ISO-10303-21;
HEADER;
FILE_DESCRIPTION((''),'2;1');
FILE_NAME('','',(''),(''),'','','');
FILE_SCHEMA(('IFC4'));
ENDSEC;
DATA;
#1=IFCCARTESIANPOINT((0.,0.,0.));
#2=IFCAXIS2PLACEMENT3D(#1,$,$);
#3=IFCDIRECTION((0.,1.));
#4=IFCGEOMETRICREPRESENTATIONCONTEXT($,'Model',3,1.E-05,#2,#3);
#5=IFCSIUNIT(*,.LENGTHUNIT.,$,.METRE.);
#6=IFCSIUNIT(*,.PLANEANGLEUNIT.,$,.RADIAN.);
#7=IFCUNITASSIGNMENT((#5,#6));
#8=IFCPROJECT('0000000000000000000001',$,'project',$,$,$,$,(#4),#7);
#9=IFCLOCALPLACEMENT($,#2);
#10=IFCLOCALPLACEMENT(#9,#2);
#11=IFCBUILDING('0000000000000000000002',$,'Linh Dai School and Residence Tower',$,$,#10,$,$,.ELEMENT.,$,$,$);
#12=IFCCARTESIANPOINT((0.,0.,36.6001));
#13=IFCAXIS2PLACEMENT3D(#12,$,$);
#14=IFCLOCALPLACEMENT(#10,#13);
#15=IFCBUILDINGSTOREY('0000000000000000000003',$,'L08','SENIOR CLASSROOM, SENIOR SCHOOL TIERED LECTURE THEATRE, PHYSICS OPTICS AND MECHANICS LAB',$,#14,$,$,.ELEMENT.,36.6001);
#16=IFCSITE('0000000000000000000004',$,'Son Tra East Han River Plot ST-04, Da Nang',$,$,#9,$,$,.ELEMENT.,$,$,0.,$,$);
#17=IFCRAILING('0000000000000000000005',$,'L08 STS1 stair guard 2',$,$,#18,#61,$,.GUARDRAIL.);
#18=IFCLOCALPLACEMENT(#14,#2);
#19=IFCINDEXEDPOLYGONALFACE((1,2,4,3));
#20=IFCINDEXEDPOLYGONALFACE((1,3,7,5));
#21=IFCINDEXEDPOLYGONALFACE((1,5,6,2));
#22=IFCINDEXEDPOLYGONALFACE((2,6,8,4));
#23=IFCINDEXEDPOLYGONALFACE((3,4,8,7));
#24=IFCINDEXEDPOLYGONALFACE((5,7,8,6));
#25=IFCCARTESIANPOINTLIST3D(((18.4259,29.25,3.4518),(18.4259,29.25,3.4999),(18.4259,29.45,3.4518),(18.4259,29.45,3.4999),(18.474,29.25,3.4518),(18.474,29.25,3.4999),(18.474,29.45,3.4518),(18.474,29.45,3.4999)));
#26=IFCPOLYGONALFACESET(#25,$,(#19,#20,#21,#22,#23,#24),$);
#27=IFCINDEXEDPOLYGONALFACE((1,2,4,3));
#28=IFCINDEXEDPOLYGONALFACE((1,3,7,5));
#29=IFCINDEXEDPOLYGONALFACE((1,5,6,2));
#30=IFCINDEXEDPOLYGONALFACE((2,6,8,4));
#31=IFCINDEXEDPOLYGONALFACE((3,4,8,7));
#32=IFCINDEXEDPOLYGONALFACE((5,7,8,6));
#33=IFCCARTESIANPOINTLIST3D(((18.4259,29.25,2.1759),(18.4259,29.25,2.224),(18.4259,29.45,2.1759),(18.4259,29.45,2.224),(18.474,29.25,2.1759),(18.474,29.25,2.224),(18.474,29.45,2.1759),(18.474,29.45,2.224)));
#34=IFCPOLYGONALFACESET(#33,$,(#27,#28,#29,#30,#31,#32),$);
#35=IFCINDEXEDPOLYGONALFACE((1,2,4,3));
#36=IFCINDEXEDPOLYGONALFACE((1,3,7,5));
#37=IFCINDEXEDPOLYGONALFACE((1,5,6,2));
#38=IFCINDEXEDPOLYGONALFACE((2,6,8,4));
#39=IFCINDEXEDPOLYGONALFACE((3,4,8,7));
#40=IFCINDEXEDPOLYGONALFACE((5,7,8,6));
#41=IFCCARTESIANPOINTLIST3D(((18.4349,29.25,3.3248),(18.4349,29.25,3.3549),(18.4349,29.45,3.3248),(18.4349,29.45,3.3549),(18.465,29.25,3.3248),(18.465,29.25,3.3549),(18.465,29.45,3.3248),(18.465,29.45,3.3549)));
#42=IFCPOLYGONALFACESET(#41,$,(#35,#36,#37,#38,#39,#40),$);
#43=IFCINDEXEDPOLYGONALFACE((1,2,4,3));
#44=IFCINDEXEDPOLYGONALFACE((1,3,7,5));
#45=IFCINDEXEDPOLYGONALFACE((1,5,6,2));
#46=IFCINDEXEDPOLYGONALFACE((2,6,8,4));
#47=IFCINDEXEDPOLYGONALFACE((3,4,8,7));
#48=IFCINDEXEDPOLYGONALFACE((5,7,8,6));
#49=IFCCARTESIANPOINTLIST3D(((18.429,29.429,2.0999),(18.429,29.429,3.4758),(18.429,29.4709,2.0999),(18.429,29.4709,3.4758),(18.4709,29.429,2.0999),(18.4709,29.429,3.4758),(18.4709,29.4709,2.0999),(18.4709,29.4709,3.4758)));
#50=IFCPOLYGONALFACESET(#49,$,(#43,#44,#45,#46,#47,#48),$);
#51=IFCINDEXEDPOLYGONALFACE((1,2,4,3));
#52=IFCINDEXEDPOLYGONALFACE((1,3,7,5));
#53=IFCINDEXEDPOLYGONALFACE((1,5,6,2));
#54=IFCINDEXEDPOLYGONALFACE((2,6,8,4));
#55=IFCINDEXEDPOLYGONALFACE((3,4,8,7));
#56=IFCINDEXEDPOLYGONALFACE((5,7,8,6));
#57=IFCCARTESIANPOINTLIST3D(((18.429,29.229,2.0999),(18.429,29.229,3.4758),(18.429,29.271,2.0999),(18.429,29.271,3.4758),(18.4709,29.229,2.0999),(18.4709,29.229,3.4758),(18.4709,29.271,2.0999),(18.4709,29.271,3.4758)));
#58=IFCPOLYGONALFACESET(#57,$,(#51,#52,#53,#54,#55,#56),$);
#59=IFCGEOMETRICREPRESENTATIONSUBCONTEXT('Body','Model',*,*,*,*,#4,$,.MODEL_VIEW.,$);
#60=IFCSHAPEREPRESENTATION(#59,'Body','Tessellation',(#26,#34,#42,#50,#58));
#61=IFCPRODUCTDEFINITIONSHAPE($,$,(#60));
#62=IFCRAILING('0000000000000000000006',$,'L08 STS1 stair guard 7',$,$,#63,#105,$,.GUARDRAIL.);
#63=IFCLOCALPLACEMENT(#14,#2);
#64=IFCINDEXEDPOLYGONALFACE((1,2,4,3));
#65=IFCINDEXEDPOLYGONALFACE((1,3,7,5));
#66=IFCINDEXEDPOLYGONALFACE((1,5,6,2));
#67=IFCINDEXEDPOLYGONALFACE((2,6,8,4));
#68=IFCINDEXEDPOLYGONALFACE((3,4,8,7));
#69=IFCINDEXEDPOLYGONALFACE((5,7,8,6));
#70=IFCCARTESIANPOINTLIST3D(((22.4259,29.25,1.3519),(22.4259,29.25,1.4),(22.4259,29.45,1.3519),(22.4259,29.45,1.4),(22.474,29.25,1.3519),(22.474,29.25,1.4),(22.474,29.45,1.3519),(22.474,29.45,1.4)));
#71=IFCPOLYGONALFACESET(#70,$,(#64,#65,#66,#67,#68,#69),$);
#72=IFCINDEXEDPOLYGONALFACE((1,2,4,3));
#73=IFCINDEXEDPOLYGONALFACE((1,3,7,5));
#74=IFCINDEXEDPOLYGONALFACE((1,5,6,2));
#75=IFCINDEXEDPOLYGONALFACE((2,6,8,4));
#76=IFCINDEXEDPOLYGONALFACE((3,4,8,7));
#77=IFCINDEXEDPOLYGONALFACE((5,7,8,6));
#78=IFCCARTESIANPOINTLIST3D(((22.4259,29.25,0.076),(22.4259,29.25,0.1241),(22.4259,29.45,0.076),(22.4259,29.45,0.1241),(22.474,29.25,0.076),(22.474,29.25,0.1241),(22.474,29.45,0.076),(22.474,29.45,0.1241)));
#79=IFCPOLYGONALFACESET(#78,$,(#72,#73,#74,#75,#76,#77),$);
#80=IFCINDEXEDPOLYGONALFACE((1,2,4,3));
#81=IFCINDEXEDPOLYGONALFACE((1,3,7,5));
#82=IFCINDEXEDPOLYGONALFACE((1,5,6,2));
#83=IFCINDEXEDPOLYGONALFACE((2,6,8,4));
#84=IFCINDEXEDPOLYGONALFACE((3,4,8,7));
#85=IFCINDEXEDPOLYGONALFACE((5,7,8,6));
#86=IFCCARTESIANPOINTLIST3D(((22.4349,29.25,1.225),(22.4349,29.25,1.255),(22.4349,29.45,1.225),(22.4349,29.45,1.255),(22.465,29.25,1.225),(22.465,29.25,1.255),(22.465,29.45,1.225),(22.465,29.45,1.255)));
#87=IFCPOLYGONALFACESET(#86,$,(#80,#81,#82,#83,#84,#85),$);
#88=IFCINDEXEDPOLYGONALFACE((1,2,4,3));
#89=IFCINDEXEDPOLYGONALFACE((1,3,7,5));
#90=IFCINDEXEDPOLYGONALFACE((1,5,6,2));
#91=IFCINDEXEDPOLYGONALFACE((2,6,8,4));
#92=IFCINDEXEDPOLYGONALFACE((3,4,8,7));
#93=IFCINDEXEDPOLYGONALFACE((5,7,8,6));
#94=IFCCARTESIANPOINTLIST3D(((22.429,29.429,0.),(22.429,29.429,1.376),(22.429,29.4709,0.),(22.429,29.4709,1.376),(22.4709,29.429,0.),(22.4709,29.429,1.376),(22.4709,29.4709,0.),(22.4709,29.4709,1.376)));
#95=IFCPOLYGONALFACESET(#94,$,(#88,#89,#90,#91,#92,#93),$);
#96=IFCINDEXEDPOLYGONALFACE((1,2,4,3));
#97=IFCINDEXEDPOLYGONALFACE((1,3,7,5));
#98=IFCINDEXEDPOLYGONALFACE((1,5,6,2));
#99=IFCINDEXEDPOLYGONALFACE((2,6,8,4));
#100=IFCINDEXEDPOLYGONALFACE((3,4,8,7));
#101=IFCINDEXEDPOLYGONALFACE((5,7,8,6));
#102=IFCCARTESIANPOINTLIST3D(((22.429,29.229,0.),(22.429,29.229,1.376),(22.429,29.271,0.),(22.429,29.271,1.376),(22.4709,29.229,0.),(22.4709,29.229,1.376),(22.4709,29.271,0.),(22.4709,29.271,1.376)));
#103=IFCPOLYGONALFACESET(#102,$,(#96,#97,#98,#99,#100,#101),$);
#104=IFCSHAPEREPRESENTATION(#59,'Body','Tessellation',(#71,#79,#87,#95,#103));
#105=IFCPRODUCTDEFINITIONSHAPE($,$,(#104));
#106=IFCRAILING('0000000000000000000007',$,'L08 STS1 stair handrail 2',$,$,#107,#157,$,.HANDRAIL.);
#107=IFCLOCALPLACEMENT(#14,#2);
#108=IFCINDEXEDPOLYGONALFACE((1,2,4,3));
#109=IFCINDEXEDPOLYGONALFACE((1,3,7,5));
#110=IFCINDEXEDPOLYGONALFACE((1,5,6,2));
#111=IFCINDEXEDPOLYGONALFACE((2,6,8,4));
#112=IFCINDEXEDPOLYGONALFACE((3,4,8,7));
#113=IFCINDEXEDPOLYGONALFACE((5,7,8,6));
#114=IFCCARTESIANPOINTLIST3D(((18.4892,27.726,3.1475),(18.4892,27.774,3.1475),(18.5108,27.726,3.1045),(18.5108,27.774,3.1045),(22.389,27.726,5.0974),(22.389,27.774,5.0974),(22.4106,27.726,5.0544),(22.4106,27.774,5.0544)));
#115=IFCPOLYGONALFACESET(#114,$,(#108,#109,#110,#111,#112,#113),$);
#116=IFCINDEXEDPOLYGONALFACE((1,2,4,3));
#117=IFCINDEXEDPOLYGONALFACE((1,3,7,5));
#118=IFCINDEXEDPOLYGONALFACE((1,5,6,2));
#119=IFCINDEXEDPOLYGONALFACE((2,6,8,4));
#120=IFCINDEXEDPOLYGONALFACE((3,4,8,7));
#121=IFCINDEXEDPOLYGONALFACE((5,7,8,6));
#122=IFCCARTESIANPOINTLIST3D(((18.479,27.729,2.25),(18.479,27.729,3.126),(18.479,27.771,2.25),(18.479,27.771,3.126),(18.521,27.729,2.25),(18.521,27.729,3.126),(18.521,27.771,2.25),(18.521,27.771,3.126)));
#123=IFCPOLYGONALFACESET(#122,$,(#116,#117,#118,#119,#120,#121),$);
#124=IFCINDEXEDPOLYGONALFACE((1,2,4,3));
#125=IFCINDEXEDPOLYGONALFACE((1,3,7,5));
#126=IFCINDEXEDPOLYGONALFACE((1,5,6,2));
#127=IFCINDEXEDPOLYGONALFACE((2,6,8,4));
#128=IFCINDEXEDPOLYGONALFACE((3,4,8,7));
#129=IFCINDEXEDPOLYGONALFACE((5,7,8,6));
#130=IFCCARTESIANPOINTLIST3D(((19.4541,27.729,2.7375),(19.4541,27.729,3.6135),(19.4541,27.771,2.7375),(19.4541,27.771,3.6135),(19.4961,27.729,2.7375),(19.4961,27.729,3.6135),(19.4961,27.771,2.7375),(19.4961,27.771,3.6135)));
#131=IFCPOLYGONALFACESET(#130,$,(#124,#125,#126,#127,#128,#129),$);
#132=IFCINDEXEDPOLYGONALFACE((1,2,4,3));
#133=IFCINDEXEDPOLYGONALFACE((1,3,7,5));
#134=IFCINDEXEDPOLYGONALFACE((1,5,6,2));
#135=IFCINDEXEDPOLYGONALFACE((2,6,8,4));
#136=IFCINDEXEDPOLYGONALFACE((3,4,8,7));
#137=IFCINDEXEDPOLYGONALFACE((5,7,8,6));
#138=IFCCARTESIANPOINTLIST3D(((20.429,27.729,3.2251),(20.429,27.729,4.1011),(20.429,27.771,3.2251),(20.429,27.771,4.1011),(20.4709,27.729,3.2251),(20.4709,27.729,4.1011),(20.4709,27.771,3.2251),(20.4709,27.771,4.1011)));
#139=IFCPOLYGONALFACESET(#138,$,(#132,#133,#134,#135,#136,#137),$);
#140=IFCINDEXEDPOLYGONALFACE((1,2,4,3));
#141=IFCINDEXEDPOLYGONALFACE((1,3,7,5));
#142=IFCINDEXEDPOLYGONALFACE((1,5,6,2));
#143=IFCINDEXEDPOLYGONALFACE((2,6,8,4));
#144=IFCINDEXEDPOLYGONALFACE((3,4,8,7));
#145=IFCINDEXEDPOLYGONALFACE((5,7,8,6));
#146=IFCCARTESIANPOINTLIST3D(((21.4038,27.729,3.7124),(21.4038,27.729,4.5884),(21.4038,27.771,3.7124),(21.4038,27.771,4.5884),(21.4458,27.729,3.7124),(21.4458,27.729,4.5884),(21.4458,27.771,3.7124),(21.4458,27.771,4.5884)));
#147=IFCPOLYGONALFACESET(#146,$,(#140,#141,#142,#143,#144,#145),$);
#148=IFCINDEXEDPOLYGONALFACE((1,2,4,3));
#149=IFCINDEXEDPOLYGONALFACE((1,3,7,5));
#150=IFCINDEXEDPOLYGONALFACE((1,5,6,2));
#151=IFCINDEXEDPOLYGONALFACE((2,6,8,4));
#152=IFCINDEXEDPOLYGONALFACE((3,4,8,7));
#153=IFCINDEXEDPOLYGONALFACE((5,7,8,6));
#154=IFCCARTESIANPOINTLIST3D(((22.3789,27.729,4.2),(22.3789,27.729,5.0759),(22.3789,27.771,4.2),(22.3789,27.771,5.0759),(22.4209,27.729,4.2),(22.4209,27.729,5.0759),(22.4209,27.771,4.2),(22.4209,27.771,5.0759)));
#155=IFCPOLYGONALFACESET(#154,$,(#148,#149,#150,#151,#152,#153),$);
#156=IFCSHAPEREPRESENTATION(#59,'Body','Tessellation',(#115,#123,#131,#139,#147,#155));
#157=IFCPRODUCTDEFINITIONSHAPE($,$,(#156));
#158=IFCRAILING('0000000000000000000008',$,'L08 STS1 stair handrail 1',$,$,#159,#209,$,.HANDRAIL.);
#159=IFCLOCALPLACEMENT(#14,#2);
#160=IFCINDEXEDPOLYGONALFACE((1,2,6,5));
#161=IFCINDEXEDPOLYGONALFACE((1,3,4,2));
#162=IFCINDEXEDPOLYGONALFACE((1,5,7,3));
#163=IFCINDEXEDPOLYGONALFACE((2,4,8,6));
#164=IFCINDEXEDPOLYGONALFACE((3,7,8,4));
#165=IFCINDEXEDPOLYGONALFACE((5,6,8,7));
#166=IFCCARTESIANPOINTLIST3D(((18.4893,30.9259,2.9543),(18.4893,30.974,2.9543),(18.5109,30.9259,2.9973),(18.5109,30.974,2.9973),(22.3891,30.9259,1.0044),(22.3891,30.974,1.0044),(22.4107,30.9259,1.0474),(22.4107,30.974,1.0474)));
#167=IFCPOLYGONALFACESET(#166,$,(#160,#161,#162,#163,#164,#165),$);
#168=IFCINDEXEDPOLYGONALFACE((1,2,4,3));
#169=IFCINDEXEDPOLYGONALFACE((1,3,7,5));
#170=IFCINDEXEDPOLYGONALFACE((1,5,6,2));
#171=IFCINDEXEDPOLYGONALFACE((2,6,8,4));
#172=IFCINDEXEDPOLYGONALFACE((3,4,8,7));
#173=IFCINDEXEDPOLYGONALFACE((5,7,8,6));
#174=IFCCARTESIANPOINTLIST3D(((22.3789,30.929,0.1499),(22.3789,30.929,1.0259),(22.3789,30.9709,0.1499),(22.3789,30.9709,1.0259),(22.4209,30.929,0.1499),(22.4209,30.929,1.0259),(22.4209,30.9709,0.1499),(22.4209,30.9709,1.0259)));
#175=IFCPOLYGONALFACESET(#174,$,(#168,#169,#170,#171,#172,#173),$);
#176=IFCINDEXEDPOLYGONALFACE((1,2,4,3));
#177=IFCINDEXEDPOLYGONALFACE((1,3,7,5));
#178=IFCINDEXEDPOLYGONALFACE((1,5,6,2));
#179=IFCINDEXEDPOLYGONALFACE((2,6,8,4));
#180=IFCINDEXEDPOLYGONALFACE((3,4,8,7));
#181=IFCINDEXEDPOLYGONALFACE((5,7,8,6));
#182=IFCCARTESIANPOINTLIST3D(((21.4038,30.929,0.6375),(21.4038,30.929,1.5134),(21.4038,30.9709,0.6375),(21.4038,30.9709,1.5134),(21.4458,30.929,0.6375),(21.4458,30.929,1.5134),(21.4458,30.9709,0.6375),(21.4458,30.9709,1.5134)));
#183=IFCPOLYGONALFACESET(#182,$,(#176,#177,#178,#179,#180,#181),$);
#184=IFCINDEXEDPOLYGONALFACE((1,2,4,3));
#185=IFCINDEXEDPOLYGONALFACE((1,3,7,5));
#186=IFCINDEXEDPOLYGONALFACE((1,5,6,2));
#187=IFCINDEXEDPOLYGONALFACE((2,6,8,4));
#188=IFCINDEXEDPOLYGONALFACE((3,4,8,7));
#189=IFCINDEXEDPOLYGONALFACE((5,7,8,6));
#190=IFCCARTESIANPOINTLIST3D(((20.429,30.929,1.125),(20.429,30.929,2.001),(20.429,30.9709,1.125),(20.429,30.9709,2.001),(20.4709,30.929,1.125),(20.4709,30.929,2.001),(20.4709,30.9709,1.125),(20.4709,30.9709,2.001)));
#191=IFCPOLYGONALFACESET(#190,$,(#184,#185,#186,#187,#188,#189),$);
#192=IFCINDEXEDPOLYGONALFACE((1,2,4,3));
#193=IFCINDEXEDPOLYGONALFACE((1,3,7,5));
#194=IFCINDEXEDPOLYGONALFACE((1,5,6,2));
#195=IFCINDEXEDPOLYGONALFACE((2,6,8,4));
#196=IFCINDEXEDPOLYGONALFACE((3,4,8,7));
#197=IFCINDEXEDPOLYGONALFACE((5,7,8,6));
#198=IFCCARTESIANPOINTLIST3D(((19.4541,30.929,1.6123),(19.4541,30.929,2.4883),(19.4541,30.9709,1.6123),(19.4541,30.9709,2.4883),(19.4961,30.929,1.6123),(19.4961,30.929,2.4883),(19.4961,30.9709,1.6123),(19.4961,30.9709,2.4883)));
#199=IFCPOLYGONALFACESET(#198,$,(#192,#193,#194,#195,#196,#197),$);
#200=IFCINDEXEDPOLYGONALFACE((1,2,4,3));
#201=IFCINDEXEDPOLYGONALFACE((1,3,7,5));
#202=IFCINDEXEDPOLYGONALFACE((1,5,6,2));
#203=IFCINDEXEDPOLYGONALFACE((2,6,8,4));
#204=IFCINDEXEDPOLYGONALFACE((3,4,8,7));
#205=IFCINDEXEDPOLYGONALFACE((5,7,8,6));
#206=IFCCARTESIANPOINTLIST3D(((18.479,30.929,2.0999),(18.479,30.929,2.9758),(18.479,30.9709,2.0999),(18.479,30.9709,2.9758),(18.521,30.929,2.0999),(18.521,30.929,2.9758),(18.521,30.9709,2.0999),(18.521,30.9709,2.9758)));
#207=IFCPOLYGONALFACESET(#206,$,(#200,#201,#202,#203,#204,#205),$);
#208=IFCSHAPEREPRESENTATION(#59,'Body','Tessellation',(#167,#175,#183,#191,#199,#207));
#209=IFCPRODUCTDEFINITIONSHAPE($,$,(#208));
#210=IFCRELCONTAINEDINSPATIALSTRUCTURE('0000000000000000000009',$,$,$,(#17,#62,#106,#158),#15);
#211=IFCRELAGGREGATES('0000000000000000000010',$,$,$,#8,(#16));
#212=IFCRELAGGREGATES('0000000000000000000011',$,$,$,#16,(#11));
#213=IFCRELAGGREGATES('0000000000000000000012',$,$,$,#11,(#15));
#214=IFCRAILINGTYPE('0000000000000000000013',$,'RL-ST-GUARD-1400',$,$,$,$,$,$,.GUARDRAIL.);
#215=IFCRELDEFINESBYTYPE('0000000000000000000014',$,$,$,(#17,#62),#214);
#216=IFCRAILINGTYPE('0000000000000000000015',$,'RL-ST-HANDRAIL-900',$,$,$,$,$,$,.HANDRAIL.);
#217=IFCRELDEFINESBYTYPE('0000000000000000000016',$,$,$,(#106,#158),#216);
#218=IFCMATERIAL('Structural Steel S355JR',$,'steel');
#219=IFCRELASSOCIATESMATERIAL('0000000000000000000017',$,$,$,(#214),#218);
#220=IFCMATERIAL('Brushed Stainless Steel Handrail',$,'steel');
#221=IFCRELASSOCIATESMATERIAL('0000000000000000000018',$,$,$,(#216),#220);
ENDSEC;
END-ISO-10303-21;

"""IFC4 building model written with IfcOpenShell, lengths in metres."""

from ifc_helpers import new_model, si_unit, direction, frame, origin, origin_2d, place, context, subcontext, project, spatial, rectangle, extrude, source, transform, mapped, material, type_object, element, save


model = new_model("IFC4")

# Units and contexts
model_context = context("Model", 3, precision=1e-05, world=origin(), true_north=direction((0.0, 1.0)))
body_context = subcontext(model_context, "Body", "Model", "MODEL_VIEW")
ifc_project = project(units=[si_unit("LENGTHUNIT", "METRE"), si_unit("PLANEANGLEUNIT", "RADIAN")], contexts=[model_context])

# Site, building, storey
site_placement = place(None, origin())
site = spatial("IfcSite", under=ifc_project, at=site_placement, Name="Son Tra East Han River Plot ST-04, Da Nang", CompositionType="ELEMENT", RefElevation=0.0)
building_placement = place(site_placement, origin())
building = spatial("IfcBuilding", under=site, at=building_placement, Name="Linh Dai School and Residence Tower", CompositionType="ELEMENT")
storey_placement = place(building_placement, frame((0.0, 0.0, 36.6001)))
storey = spatial("IfcBuildingStorey", under=building, at=storey_placement, Name="L08", Description="SENIOR CLASSROOM, SENIOR SCHOOL TIERED LECTURE THEATRE, PHYSICS OPTICS AND MECHANICS LAB", CompositionType="ELEMENT", Elevation=36.6001)

# Shared definitions
ifc_material_1 = material(Name="Structural Steel S355JR", Category="steel")

# Railings
railing_type_1 = type_object("IfcRailingType", Name="RL-ST-GUARD-1400", PredefinedType="GUARDRAIL", material=ifc_material_1)
shared_shape_1 = source(origin(), body_context, "Body", "SweptSolid", [
    extrude(rectangle(XDim=0.0481, YDim=0.0481, at=origin_2d()), frame((0.0, 0.0, 1.376), z_axis=(0.0, -1.0, 0.0), x_axis=(1.0, 0.0, 0.0)), (0.0, 0.0, 1.0), 0.2),
    extrude(rectangle(XDim=0.0481, YDim=0.0481, at=origin_2d()), frame((0.0, 0.0, 0.1001), z_axis=(0.0, -1.0, 0.0), x_axis=(1.0, 0.0, 0.0)), (0.0, 0.0, 1.0), 0.2),
    extrude(rectangle(XDim=0.03, YDim=0.03, at=origin_2d()), frame((0.0, 0.0, 1.24), z_axis=(0.0, -1.0, 0.0), x_axis=(1.0, 0.0, 0.0)), (0.0, 0.0, 1.0), 0.2),
    extrude(rectangle(XDim=0.042, YDim=0.042, at=origin_2d()), origin(), (0.0, 0.0, 1.0), 1.376),
    extrude(rectangle(XDim=0.042, YDim=0.042, at=origin_2d()), frame((0.0, -0.2, 0.0)), (0.0, 0.0, 1.0), 1.376),
])
for number, where, name in (
    (1, (18.45, 29.45, 2.0999), "L08 STS1 stair guard 2"),
    (2, (22.45, 29.45, 0.0), "L08 STS1 stair guard 7"),
):
    element("IfcRailing", number, at=place(storey_placement, frame(where)), inside=storey, type_object=railing_type_1, Name=name, PredefinedType="GUARDRAIL", context=body_context, shape_type="MappedRepresentation", body=[
        mapped(shared_shape_1, transform((0.0, 0.0, 0.0), x_axis=(1.0, 0.0, 0.0), y_axis=(0.0, 1.0, 0.0), z_axis=(0.0, 0.0, 1.0), scale=1.0)),
    ])
ifc_material_2 = material(Name="Brushed Stainless Steel Handrail", Category="steel")
railing_type_2 = type_object("IfcRailingType", Name="RL-ST-HANDRAIL-900", PredefinedType="HANDRAIL", material=ifc_material_2)
shared_shape_2 = source(origin(), body_context, "Body", "SweptSolid", [
    extrude(rectangle(XDim=0.0481, YDim=0.0481, at=origin_2d()), frame((0.0, 0.0, 0.876), z_axis=(0.894427, 0.0, 0.447214), x_axis=(0.0, 1.0, 0.0)), (0.0, 0.0, 1.0), 4.3601),
    extrude(rectangle(XDim=0.042, YDim=0.042, at=origin_2d()), origin(), (0.0, 0.0, 1.0), 0.876),
    extrude(rectangle(XDim=0.042, YDim=0.042, at=origin_2d()), frame((0.9751, 0.0, 0.4875)), (0.0, 0.0, 1.0), 0.876),
    extrude(rectangle(XDim=0.042, YDim=0.042, at=origin_2d()), frame((1.95, 0.0, 0.9751)), (0.0, 0.0, 1.0), 0.876),
    extrude(rectangle(XDim=0.042, YDim=0.042, at=origin_2d()), frame((2.9248, 0.0, 1.4624)), (0.0, 0.0, 1.0), 0.876),
    extrude(rectangle(XDim=0.042, YDim=0.042, at=origin_2d()), frame((3.8999, 0.0, 1.95)), (0.0, 0.0, 1.0), 0.876),
])
railing_1_placement = place(storey_placement, frame((18.5, 27.75, 2.25)))
element("IfcRailing", 3, at=railing_1_placement, inside=storey, type_object=railing_type_2, Name="L08 STS1 stair handrail 2", PredefinedType="HANDRAIL", context=body_context, shape_type="MappedRepresentation", body=[
    mapped(shared_shape_2, transform((0.0, 0.0, 0.0), x_axis=(1.0, 0.0, 0.0), y_axis=(0.0, 1.0, 0.0), z_axis=(0.0, 0.0, 1.0), scale=1.0)),
])
shared_shape_3 = source(origin(), body_context, "Body", "SweptSolid", [
    extrude(rectangle(XDim=0.0481, YDim=0.0481, at=origin_2d()), frame((0.0, 0.0, 0.876), z_axis=(-0.894427, 0.0, 0.447214), x_axis=(0.0, -1.0, 0.0)), (0.0, 0.0, 1.0), 4.3601),
    extrude(rectangle(XDim=0.042, YDim=0.042, at=origin_2d()), origin(), (0.0, 0.0, 1.0), 0.876),
    extrude(rectangle(XDim=0.042, YDim=0.042, at=origin_2d()), frame((-0.9751, 0.0, 0.4875)), (0.0, 0.0, 1.0), 0.876),
    extrude(rectangle(XDim=0.042, YDim=0.042, at=origin_2d()), frame((-1.95, 0.0, 0.9751)), (0.0, 0.0, 1.0), 0.876),
    extrude(rectangle(XDim=0.042, YDim=0.042, at=origin_2d()), frame((-2.9248, 0.0, 1.4624)), (0.0, 0.0, 1.0), 0.876),
    extrude(rectangle(XDim=0.042, YDim=0.042, at=origin_2d()), frame((-3.8999, 0.0, 1.95)), (0.0, 0.0, 1.0), 0.876),
])
railing_2_placement = place(storey_placement, frame((22.3999, 30.95, 0.1499)))
element("IfcRailing", 4, at=railing_2_placement, inside=storey, type_object=railing_type_2, Name="L08 STS1 stair handrail 1", PredefinedType="HANDRAIL", context=body_context, shape_type="MappedRepresentation", body=[
    mapped(shared_shape_3, transform((0.0, 0.0, 0.0), x_axis=(1.0, 0.0, 0.0), y_axis=(0.0, 1.0, 0.0), z_axis=(0.0, 0.0, 1.0), scale=1.0)),
])

save(model, "model.ifc")
